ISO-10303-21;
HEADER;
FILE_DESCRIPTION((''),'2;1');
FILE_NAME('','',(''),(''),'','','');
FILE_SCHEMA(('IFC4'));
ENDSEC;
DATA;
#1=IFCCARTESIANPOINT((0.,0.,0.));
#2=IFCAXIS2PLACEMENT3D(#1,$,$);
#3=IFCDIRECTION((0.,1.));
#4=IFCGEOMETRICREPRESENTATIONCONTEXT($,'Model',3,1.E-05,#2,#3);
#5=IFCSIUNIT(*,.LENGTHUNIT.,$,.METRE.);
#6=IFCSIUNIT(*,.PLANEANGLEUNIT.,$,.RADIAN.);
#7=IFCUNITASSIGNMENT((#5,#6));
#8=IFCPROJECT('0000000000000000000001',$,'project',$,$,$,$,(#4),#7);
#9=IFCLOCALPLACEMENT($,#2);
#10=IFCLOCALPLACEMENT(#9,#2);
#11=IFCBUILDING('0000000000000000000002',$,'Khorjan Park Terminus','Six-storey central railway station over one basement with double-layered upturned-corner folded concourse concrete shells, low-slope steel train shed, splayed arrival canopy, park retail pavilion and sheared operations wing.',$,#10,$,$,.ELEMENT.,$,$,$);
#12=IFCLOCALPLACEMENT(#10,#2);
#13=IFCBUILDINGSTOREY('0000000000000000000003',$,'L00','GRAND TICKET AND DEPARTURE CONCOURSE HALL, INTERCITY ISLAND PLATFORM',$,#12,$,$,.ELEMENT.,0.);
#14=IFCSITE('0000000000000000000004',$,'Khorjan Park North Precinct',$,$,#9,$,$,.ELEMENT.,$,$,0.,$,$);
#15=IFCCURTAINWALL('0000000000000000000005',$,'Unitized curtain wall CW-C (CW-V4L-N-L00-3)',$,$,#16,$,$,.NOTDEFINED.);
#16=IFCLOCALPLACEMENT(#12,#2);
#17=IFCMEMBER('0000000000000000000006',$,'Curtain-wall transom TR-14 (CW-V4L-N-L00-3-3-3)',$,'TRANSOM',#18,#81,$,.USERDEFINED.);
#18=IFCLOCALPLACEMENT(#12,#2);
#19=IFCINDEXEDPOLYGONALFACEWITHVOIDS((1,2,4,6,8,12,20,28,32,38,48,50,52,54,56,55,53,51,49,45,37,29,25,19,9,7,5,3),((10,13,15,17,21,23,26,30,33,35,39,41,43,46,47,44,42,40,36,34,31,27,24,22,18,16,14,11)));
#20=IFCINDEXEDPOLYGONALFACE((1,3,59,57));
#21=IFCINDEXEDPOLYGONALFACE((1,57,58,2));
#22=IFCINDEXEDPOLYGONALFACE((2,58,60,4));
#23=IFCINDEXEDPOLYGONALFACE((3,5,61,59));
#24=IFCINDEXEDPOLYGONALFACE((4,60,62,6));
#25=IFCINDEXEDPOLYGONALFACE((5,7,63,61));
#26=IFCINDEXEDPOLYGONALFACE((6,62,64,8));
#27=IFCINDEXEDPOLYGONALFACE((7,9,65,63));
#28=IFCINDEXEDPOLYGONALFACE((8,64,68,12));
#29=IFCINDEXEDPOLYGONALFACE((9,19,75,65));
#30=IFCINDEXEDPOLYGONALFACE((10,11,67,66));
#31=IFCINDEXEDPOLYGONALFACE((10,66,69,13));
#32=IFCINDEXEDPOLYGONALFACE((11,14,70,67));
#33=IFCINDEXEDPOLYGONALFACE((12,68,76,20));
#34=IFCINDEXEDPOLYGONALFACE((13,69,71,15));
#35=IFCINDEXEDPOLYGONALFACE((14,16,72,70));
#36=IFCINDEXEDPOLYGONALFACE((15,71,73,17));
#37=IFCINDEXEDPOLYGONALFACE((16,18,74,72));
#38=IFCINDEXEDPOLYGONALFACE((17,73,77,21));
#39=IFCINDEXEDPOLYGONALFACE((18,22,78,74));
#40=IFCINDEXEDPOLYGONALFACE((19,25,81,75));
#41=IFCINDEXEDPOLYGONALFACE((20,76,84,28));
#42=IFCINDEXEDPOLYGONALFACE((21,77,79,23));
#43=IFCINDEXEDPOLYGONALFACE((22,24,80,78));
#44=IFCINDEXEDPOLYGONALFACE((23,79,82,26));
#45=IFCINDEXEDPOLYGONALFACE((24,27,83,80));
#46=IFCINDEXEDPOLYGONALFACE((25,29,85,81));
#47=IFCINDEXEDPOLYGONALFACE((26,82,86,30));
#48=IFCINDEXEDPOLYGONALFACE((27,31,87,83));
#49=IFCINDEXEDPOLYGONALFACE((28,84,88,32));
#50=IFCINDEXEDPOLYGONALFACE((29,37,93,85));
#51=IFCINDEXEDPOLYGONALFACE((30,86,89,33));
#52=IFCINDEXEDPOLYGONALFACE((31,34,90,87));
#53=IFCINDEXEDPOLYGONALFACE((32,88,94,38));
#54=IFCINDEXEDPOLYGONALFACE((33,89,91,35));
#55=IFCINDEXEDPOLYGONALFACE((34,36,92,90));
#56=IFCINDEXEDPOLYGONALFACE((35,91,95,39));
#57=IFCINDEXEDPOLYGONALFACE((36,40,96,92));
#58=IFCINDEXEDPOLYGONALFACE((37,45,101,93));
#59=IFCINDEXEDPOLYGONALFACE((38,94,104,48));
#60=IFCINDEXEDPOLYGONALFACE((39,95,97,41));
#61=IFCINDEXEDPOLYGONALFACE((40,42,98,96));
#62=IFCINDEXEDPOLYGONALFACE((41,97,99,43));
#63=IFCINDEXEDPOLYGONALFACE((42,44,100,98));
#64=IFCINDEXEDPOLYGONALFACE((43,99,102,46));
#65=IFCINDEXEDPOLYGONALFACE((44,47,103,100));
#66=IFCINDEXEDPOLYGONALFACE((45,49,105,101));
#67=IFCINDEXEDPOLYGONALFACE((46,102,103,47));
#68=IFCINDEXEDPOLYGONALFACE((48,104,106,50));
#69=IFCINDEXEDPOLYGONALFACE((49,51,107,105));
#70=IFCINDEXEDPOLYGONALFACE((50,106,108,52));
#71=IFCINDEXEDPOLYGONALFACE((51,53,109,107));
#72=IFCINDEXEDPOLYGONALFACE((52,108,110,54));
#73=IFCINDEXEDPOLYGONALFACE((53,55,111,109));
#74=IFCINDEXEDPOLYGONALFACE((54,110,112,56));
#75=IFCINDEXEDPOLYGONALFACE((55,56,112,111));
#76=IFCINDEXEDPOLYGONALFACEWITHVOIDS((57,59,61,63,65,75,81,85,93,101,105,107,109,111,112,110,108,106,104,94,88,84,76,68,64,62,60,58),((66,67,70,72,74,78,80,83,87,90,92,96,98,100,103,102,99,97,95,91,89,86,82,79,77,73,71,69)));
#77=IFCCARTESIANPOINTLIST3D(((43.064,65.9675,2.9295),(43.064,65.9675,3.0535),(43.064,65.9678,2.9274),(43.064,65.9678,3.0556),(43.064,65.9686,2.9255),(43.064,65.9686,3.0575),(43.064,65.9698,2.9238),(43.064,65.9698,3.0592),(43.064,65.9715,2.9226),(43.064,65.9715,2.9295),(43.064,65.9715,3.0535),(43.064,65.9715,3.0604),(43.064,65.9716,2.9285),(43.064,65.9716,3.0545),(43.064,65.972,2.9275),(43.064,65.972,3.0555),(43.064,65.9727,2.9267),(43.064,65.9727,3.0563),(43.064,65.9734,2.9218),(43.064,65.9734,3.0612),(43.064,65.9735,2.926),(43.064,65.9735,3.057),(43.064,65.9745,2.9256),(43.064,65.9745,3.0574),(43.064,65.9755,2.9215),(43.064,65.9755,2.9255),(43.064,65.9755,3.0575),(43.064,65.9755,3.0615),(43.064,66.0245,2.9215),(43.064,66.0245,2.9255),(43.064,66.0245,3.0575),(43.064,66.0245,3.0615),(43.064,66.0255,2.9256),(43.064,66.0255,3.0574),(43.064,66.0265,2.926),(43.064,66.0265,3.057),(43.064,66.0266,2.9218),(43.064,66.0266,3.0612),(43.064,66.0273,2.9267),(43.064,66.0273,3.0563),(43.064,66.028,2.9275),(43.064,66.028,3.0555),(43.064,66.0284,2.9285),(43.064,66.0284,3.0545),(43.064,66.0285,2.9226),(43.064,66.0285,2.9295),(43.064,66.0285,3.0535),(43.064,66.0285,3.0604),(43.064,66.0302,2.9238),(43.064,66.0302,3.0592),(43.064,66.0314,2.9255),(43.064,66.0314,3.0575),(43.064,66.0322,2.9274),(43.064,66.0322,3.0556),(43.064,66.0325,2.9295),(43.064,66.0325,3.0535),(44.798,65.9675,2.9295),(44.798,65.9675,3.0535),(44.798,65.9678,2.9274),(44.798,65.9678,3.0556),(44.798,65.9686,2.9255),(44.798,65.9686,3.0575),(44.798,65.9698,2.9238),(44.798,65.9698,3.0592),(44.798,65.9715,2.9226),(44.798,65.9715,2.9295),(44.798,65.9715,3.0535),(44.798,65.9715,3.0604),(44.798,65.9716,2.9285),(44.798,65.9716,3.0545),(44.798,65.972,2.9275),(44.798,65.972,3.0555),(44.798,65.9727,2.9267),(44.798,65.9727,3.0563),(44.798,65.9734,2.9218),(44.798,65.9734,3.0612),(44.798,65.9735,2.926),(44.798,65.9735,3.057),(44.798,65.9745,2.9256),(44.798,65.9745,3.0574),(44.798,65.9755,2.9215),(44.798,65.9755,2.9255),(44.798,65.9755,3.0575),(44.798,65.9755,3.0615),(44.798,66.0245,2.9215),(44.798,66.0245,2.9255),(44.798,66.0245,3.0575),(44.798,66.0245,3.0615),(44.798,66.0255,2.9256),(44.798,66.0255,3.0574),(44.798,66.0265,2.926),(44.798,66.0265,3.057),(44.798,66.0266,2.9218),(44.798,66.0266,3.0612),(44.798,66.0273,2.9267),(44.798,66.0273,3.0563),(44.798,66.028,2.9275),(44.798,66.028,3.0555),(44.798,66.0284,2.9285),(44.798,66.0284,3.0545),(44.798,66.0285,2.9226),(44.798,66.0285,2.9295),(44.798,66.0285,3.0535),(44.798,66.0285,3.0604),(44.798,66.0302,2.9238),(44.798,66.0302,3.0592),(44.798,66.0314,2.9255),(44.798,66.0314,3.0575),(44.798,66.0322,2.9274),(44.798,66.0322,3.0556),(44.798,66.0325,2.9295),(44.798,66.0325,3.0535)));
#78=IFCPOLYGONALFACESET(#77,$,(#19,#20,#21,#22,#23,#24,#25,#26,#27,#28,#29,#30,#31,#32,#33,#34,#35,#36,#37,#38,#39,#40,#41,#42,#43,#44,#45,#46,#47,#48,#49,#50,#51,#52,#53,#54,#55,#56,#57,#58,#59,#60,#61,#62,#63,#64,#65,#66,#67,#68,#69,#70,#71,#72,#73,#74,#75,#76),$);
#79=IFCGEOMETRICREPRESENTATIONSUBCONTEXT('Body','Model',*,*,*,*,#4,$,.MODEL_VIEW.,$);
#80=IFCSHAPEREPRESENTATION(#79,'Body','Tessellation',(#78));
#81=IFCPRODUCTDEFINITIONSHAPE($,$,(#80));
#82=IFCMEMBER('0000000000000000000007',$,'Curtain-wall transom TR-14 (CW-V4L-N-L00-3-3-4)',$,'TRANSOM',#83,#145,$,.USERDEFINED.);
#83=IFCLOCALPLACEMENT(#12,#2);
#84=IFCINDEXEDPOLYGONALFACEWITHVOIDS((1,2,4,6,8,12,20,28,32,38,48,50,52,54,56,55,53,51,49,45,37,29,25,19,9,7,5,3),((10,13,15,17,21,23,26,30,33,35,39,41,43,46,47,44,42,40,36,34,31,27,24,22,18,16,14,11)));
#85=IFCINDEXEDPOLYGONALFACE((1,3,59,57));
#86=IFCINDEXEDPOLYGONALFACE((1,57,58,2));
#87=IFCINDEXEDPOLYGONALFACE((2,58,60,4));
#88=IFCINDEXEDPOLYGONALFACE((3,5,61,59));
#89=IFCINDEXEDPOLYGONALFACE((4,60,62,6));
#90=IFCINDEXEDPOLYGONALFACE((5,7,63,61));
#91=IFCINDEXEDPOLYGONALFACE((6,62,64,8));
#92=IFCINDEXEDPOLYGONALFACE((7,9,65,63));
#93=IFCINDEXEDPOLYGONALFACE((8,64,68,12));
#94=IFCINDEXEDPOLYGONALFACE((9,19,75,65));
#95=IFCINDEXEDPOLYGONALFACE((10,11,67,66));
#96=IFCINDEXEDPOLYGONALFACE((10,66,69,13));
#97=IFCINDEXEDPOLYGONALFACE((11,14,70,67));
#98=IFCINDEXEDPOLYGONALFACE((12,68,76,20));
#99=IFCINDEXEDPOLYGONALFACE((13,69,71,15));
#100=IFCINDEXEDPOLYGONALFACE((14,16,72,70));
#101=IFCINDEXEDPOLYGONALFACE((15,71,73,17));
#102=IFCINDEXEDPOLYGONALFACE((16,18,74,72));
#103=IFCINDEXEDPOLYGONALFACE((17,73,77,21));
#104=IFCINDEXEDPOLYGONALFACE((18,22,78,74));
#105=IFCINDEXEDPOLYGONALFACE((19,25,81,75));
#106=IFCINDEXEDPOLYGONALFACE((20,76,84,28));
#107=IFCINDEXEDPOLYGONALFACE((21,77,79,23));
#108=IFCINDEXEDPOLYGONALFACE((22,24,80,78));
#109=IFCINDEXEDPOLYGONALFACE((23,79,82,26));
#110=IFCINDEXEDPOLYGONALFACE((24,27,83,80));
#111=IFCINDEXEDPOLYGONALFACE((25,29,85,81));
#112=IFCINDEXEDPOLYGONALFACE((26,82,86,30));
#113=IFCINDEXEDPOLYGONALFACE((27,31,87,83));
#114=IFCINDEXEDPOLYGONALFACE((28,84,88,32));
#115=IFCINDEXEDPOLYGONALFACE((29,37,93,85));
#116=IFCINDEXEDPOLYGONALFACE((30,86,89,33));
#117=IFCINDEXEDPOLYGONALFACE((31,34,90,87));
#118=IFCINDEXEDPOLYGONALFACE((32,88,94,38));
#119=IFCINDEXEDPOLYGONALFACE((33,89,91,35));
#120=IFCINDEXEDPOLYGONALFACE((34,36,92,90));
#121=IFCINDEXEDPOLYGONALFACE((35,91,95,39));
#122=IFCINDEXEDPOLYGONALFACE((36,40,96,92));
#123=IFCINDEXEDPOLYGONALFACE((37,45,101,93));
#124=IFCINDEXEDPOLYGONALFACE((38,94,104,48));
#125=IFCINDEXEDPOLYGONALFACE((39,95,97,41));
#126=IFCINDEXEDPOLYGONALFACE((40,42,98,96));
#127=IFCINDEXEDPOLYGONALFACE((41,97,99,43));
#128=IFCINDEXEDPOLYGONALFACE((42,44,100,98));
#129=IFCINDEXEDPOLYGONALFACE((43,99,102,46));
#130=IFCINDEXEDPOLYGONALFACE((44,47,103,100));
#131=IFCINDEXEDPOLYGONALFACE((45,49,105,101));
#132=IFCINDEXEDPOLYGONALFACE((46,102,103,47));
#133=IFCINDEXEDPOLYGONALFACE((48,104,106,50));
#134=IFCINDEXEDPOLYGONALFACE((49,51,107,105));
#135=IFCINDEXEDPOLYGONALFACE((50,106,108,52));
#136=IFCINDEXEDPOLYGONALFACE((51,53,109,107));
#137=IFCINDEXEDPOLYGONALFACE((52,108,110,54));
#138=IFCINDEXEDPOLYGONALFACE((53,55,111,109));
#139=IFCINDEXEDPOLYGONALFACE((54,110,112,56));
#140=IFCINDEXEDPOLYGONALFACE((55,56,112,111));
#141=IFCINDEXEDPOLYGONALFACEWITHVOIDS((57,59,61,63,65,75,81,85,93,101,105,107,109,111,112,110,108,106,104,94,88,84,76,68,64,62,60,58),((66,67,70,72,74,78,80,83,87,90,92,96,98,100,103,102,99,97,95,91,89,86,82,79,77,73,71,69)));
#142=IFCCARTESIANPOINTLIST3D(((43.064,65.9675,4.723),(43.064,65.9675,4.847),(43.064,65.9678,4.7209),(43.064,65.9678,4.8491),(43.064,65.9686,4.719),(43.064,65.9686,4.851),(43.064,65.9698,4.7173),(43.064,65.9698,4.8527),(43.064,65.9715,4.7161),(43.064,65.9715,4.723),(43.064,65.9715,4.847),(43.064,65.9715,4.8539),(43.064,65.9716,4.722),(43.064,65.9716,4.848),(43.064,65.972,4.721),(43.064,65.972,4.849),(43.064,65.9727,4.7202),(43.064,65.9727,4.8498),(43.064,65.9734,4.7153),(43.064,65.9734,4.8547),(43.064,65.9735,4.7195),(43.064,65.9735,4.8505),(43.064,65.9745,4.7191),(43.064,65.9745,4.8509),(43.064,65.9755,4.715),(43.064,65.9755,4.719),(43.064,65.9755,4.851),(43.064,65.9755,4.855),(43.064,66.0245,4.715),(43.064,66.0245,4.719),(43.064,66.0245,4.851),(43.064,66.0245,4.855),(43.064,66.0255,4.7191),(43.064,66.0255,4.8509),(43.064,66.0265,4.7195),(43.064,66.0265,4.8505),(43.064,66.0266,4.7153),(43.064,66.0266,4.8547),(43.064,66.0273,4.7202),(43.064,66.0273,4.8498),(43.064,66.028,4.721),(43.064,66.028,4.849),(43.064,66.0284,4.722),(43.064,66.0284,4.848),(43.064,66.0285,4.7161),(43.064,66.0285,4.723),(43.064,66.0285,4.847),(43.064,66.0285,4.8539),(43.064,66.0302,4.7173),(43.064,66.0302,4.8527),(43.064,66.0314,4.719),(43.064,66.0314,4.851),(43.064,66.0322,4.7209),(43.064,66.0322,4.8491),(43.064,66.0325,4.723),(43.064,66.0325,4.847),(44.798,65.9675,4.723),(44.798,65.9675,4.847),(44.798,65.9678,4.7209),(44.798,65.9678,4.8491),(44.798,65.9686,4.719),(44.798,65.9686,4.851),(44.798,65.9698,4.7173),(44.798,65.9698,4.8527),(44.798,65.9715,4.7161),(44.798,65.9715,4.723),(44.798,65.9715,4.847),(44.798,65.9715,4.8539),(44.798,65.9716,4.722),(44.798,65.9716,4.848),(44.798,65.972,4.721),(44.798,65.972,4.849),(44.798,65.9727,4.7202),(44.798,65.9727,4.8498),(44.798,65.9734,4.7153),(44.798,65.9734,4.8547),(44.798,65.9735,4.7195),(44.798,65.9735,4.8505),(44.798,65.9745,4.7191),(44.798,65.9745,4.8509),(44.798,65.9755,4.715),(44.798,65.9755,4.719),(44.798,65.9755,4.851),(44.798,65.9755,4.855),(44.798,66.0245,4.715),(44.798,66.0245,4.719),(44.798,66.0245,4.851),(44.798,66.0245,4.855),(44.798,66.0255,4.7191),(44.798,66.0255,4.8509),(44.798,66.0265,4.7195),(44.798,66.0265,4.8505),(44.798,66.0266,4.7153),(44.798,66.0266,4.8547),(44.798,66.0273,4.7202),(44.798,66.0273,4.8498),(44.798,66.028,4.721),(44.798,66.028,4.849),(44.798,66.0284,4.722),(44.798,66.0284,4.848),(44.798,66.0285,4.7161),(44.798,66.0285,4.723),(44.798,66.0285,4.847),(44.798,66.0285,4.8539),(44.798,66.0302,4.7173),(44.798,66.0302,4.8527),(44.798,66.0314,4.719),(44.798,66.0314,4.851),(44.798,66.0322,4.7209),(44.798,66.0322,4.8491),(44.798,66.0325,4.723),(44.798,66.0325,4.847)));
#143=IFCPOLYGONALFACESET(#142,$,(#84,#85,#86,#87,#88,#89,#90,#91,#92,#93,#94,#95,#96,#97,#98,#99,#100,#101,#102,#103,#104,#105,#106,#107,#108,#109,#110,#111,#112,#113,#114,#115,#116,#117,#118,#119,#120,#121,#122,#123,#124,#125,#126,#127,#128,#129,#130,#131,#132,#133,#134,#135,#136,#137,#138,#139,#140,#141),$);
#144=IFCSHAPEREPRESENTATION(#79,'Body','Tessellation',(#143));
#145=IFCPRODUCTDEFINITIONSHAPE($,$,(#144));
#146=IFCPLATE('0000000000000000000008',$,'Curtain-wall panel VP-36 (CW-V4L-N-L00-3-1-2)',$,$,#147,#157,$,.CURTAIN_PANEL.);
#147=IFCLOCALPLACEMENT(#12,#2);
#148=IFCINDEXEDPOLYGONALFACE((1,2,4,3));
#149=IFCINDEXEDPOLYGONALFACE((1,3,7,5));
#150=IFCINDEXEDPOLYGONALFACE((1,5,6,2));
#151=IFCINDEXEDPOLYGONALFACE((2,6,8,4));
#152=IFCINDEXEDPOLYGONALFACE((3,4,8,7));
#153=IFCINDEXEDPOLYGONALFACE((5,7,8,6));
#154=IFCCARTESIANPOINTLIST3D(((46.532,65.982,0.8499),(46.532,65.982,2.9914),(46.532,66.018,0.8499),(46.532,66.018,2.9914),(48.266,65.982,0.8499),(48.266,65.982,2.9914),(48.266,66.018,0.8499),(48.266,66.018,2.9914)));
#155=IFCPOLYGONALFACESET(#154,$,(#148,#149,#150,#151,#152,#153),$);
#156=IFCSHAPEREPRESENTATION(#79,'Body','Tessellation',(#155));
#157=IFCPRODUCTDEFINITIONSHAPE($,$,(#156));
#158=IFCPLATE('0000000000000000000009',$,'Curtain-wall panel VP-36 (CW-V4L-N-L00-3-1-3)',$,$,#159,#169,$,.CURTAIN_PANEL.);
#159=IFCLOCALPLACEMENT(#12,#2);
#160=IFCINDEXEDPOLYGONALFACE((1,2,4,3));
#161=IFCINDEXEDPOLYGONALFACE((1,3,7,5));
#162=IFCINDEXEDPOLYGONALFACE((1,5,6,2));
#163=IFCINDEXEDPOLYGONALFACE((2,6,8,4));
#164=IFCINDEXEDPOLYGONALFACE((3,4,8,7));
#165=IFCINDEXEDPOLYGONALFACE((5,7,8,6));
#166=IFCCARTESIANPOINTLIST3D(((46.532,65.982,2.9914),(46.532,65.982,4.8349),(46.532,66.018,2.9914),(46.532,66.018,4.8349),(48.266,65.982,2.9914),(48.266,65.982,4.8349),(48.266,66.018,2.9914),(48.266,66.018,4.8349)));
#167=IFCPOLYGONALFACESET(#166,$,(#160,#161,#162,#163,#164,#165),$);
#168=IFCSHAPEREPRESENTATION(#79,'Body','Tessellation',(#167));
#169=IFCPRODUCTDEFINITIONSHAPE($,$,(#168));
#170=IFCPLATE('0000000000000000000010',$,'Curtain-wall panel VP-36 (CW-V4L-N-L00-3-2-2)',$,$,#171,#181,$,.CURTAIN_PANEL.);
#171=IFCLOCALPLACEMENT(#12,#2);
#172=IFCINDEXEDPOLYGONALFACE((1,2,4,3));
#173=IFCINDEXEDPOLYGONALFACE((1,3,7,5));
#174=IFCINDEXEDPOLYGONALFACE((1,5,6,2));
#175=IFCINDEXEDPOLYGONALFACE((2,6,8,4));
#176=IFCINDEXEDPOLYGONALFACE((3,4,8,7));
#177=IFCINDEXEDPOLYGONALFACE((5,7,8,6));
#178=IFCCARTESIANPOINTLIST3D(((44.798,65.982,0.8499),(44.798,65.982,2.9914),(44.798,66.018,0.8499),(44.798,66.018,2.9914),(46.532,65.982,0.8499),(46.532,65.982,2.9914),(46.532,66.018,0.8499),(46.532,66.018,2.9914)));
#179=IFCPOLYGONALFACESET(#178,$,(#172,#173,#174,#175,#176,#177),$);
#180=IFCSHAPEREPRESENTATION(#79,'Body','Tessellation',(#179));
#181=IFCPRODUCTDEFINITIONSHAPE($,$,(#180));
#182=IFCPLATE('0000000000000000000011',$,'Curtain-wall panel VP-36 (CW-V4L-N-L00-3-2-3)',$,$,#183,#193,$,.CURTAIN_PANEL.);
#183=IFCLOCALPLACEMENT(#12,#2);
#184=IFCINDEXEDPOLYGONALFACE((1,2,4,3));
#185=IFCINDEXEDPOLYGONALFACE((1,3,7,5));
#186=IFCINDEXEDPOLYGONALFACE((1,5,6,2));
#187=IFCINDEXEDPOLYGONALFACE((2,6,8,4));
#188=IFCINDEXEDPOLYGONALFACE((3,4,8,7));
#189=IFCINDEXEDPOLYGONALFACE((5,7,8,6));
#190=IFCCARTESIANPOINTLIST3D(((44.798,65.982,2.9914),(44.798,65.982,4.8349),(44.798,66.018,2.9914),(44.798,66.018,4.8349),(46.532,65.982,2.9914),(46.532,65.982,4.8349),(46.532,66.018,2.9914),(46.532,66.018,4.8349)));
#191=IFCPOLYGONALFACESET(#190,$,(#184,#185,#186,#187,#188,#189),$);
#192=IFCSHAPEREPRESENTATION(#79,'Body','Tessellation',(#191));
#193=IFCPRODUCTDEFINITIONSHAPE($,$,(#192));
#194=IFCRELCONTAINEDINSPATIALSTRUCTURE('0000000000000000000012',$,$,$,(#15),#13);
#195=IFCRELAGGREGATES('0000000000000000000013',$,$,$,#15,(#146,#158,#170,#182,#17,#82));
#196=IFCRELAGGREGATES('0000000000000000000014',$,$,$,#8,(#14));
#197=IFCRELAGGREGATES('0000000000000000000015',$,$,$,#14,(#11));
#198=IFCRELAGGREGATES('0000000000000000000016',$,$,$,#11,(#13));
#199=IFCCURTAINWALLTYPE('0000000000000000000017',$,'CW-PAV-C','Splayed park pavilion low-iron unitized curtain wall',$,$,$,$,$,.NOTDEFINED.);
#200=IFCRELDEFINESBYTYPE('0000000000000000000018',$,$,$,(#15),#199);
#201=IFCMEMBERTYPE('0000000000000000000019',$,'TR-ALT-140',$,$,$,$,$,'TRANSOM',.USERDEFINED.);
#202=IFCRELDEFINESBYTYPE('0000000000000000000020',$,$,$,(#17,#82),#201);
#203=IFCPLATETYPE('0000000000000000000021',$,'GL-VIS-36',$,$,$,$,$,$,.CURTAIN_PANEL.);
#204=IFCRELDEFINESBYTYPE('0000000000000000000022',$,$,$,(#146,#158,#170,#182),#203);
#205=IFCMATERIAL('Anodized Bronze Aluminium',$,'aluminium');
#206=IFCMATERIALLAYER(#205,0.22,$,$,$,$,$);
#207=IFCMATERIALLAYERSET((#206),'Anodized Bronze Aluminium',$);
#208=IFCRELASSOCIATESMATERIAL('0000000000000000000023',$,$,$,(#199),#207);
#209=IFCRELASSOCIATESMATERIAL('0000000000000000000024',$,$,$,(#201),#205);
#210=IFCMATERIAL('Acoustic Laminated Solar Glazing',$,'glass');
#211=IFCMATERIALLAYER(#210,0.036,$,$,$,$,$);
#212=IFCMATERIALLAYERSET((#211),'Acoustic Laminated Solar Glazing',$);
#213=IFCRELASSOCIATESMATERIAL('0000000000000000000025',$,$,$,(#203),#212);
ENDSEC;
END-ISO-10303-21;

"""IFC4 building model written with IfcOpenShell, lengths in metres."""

from ifc_helpers import new_model, si_unit, direction, frame, origin, origin_2d, place, context, subcontext, project, spatial, rectangle, hollow_rectangle, extrude, material, layer, layer_set, material_profile, profile_set, type_object, element, aggregate, save


model = new_model("IFC4")

# Units and contexts
model_context = context("Model", 3, precision=1e-05, world=origin(), true_north=direction((0.0, 1.0)))
body_context = subcontext(model_context, "Body", "Model", "MODEL_VIEW")
ifc_project = project(units=[si_unit("LENGTHUNIT", "METRE"), si_unit("PLANEANGLEUNIT", "RADIAN")], contexts=[model_context])

# Site, building, storey
site_placement = place(None, origin())
site = spatial("IfcSite", under=ifc_project, at=site_placement, Name="Khorjan Park North Precinct", CompositionType="ELEMENT", RefElevation=0.0)
building_placement = place(site_placement, origin())
building = spatial("IfcBuilding", under=site, at=building_placement, Name="Khorjan Park Terminus", Description="Six-storey central railway station over one basement with double-layered upturned-corner folded concourse concrete shells, low-slope steel train shed, splayed arrival canopy, park retail pavilion and sheared operations wing.", CompositionType="ELEMENT")
storey_placement = place(building_placement, origin())
storey = spatial("IfcBuildingStorey", under=building, at=storey_placement, Name="L00", Description="GRAND TICKET AND DEPARTURE CONCOURSE HALL, INTERCITY ISLAND PLATFORM", CompositionType="ELEMENT", Elevation=0.0)

# Curtain wall, members, plates
ifc_material_1 = material(Name="Anodized Bronze Aluminium", Category="aluminium")
ifc_layer_1 = layer(ifc_material_1, 0.22)
ifc_layer_set_1 = layer_set([ifc_layer_1], Name="Anodized Bronze Aluminium")
curtain_wall_type = type_object("IfcCurtainWallType", Name="CW-PAV-C", Description="Splayed park pavilion low-iron unitized curtain wall", PredefinedType="NOTDEFINED", material=ifc_layer_set_1)
curtain_wall_placement = place(storey_placement, origin())
curtain_wall = element("IfcCurtainWall", 1, at=curtain_wall_placement, inside=storey, type_object=curtain_wall_type, Name="Unitized curtain wall CW-C (CW-V4L-N-L00-3)", PredefinedType="NOTDEFINED")
ifc_material_profile_1 = material_profile(ifc_material_1, hollow_rectangle(XDim=0.065, YDim=0.14, WallThickness=0.004, InnerFilletRadius=0.004, OuterFilletRadius=0.008, at=origin_2d()), Name="ALT 65x140x4")
ifc_profile_set_1 = profile_set([ifc_material_profile_1], Name="Anodized Bronze Aluminium")
member_type_1 = type_object("IfcMemberType", Name="TR-ALT-140", ElementType="TRANSOM", PredefinedType="USERDEFINED", material=ifc_profile_set_1)
member_1_placement = place(storey_placement, frame((44.798, 66.0, 2.9915), z_axis=(-1.0, 0.0, 0.0), x_axis=(0.0, -1.0, 0.0)))
member_1 = element("IfcMember", 2, at=member_1_placement, type_object=member_type_1, Name="Curtain-wall transom TR-14 (CW-V4L-N-L00-3-3-3)", ObjectType="TRANSOM", PredefinedType="USERDEFINED", context=body_context, shape_type="SweptSolid", body=[
    extrude(hollow_rectangle(XDim=0.065, YDim=0.14, WallThickness=0.004, InnerFilletRadius=0.004, OuterFilletRadius=0.008, at=origin_2d()), origin(), (0.0, 0.0, 1.0), 1.734),
])
member_2_placement = place(storey_placement, frame((44.798, 66.0, 4.785), z_axis=(-1.0, 0.0, 0.0), x_axis=(0.0, -1.0, 0.0)))
member_2 = element("IfcMember", 3, at=member_2_placement, type_object=member_type_1, Name="Curtain-wall transom TR-14 (CW-V4L-N-L00-3-3-4)", ObjectType="TRANSOM", PredefinedType="USERDEFINED", context=body_context, shape_type="SweptSolid", body=[
    extrude(hollow_rectangle(XDim=0.065, YDim=0.14, WallThickness=0.004, InnerFilletRadius=0.004, OuterFilletRadius=0.008, at=origin_2d()), origin(), (0.0, 0.0, 1.0), 1.734),
])
ifc_material_2 = material(Name="Acoustic Laminated Solar Glazing", Category="glass")
ifc_layer_2 = layer(ifc_material_2, 0.036)
ifc_layer_set_2 = layer_set([ifc_layer_2], Name="Acoustic Laminated Solar Glazing")
plate_type_1 = type_object("IfcPlateType", Name="GL-VIS-36", PredefinedType="CURTAIN_PANEL", material=ifc_layer_set_2)
plate_1_placement = place(storey_placement, frame((47.399, 66.0, 0.8499), z_axis=(0.0, 0.0, 1.0), x_axis=(-1.0, 0.0, 0.0)))
plate_1 = element("IfcPlate", 4, at=plate_1_placement, type_object=plate_type_1, Name="Curtain-wall panel VP-36 (CW-V4L-N-L00-3-1-2)", PredefinedType="CURTAIN_PANEL", context=body_context, shape_type="SweptSolid", body=[
    extrude(rectangle(XDim=1.734, YDim=0.036, at=origin_2d()), origin(), (0.0, 0.0, 1.0), 2.1415),
])
plate_2_placement = place(storey_placement, frame((47.399, 66.0, 2.9914), z_axis=(0.0, 0.0, 1.0), x_axis=(-1.0, 0.0, 0.0)))
plate_2 = element("IfcPlate", 5, at=plate_2_placement, type_object=plate_type_1, Name="Curtain-wall panel VP-36 (CW-V4L-N-L00-3-1-3)", PredefinedType="CURTAIN_PANEL", context=body_context, shape_type="SweptSolid", body=[
    extrude(rectangle(XDim=1.734, YDim=0.036, at=origin_2d()), origin(), (0.0, 0.0, 1.0), 1.8435),
])
plate_3_placement = place(storey_placement, frame((45.665, 66.0, 0.8499), z_axis=(0.0, 0.0, 1.0), x_axis=(-1.0, 0.0, 0.0)))
plate_3 = element("IfcPlate", 6, at=plate_3_placement, type_object=plate_type_1, Name="Curtain-wall panel VP-36 (CW-V4L-N-L00-3-2-2)", PredefinedType="CURTAIN_PANEL", context=body_context, shape_type="SweptSolid", body=[
    extrude(rectangle(XDim=1.734, YDim=0.036, at=origin_2d()), origin(), (0.0, 0.0, 1.0), 2.1415),
])
plate_4_placement = place(storey_placement, frame((45.665, 66.0, 2.9914), z_axis=(0.0, 0.0, 1.0), x_axis=(-1.0, 0.0, 0.0)))
plate_4 = element("IfcPlate", 7, at=plate_4_placement, type_object=plate_type_1, Name="Curtain-wall panel VP-36 (CW-V4L-N-L00-3-2-3)", PredefinedType="CURTAIN_PANEL", context=body_context, shape_type="SweptSolid", body=[
    extrude(rectangle(XDim=1.734, YDim=0.036, at=origin_2d()), origin(), (0.0, 0.0, 1.0), 1.8435),
])
aggregate(curtain_wall, [plate_1, plate_2, plate_3, plate_4, member_1, member_2])

save(model, "model.ifc")
